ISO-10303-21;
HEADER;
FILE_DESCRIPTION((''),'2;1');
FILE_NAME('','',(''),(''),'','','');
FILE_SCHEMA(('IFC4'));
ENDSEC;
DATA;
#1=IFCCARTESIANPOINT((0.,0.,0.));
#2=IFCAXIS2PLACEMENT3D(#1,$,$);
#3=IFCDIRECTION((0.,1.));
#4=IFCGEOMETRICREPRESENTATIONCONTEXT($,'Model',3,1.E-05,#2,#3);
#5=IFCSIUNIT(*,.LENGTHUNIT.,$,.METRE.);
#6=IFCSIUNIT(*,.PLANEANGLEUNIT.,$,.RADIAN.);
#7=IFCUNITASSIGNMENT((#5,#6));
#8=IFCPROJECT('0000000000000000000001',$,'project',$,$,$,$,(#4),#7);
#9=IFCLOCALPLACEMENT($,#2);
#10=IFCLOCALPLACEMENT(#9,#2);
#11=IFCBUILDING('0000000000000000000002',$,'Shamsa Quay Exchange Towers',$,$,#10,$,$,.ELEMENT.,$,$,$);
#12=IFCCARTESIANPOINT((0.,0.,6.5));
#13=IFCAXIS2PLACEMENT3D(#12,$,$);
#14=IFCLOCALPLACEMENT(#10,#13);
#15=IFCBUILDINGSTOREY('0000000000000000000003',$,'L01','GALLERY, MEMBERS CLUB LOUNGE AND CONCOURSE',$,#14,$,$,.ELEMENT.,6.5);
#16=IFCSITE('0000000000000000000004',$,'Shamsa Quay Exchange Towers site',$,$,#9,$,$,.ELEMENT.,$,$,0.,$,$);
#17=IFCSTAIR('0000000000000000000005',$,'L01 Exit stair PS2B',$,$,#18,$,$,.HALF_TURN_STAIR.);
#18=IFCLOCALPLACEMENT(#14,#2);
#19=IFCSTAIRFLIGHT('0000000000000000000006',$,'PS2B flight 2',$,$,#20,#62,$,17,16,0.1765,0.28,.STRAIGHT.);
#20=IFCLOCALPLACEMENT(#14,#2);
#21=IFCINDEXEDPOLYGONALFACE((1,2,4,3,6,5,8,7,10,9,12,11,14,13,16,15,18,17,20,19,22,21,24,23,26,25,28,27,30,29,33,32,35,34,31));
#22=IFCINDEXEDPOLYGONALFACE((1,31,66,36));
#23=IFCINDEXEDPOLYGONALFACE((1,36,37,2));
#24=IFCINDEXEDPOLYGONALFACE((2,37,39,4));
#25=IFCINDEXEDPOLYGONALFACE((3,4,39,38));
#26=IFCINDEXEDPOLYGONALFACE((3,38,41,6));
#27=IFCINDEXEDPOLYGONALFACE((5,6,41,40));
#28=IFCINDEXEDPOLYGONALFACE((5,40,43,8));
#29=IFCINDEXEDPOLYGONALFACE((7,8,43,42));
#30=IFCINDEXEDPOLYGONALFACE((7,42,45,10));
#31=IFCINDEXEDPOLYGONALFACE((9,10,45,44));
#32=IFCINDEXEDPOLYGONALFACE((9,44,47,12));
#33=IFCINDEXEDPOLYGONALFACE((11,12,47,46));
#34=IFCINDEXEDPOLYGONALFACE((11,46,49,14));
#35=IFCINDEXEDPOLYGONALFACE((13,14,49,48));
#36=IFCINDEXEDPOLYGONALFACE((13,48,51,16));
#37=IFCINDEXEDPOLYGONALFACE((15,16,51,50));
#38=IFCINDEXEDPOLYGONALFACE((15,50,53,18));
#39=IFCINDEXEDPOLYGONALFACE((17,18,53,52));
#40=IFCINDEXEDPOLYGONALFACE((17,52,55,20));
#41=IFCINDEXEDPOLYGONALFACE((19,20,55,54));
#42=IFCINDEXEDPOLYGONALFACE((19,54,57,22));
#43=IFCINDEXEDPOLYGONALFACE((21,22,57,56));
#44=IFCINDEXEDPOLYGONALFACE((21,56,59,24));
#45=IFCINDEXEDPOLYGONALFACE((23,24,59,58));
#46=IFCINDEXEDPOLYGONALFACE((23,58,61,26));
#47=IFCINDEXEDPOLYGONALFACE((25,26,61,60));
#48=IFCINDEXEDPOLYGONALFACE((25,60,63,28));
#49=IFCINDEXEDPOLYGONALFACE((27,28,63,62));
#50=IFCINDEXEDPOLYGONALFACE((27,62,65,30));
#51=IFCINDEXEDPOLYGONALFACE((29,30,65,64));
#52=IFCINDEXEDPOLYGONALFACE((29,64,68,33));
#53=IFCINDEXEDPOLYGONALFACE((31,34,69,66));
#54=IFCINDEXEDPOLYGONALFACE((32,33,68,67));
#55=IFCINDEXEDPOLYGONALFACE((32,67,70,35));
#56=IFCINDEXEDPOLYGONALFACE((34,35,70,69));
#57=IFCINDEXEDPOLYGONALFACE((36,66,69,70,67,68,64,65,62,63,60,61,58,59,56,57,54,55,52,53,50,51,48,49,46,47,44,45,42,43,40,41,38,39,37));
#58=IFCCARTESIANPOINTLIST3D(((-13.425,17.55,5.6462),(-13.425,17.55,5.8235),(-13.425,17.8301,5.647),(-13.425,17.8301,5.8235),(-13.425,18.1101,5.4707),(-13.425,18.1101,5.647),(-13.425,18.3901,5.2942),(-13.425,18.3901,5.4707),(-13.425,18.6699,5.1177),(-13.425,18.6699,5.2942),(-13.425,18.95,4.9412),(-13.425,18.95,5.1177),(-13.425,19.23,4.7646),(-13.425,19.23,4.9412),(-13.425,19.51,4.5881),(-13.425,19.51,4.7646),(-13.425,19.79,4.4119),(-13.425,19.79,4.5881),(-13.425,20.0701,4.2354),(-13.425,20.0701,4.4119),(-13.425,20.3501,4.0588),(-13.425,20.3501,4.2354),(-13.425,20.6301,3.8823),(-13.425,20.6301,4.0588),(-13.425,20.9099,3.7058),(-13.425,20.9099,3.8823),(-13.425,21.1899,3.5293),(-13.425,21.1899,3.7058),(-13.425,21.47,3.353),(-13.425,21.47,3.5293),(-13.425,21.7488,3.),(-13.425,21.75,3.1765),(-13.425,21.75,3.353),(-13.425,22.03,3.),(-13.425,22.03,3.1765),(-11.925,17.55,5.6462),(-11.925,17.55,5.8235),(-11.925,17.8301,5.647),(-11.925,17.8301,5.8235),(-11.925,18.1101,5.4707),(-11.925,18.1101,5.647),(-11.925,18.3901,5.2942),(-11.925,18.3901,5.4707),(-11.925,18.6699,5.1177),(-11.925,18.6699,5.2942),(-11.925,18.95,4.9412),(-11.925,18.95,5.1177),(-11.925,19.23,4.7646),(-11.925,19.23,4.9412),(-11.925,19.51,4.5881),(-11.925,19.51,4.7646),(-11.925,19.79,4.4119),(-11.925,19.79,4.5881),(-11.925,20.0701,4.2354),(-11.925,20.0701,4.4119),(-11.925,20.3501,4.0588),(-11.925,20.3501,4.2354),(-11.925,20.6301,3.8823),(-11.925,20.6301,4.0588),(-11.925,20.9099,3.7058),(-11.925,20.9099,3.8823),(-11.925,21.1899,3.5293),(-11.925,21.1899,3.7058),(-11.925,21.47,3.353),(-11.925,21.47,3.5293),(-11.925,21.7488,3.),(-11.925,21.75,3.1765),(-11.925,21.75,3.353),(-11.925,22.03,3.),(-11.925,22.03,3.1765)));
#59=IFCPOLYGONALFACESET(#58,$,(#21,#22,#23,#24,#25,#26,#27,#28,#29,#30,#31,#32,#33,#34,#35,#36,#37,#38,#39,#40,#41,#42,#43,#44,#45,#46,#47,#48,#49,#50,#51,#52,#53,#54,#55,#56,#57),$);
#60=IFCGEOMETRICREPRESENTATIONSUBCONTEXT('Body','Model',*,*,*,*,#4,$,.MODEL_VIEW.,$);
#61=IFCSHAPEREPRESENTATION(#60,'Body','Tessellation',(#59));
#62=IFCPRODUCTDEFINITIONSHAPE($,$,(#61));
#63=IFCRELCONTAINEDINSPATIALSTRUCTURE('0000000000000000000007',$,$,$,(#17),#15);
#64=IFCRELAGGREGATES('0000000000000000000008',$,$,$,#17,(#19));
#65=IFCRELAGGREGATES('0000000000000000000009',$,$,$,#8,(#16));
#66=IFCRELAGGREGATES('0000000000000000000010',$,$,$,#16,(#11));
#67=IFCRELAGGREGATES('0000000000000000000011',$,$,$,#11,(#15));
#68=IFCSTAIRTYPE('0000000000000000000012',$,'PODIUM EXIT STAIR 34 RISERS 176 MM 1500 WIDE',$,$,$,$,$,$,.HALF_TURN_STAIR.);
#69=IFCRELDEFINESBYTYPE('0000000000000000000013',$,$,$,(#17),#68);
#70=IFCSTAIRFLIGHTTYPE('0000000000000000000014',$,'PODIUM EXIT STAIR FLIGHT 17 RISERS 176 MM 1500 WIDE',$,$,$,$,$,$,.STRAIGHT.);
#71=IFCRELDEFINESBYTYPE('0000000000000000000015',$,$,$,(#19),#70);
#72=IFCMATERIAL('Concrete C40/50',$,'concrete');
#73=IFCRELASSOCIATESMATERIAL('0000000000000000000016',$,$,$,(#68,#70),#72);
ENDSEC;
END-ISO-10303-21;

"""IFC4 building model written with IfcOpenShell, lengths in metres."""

from ifc_helpers import new_model, si_unit, direction, frame, origin, place, context, subcontext, project, spatial, polyline, outline, extrude, material, type_object, element, aggregate, save


model = new_model("IFC4")

# Units and contexts
model_context = context("Model", 3, precision=1e-05, world=origin(), true_north=direction((0.0, 1.0)))
body_context = subcontext(model_context, "Body", "Model", "MODEL_VIEW")
ifc_project = project(units=[si_unit("LENGTHUNIT", "METRE"), si_unit("PLANEANGLEUNIT", "RADIAN")], contexts=[model_context])

# Site, building, storey
site_placement = place(None, origin())
site = spatial("IfcSite", under=ifc_project, at=site_placement, Name="Shamsa Quay Exchange Towers site", CompositionType="ELEMENT", RefElevation=0.0)
building_placement = place(site_placement, origin())
building = spatial("IfcBuilding", under=site, at=building_placement, Name="Shamsa Quay Exchange Towers", CompositionType="ELEMENT")
storey_placement = place(building_placement, frame((0.0, 0.0, 6.5)))
storey = spatial("IfcBuildingStorey", under=building, at=storey_placement, Name="L01", Description="GALLERY, MEMBERS CLUB LOUNGE AND CONCOURSE", CompositionType="ELEMENT", Elevation=6.5)

# Stair, stair flight
ifc_material_1 = material(Name="Concrete C40/50", Category="concrete")
stair_type = type_object("IfcStairType", Name="PODIUM EXIT STAIR 34 RISERS 176 MM 1500 WIDE", PredefinedType="HALF_TURN_STAIR", material=ifc_material_1)
stair_flight_type = type_object("IfcStairFlightType", Name="PODIUM EXIT STAIR FLIGHT 17 RISERS 176 MM 1500 WIDE", PredefinedType="STRAIGHT", material=ifc_material_1)
stair_1_placement = place(storey_placement, origin())
stair_1 = element("IfcStair", 1, at=stair_1_placement, inside=storey, type_object=stair_type, Name="L01 Exit stair PS2B", PredefinedType="HALF_TURN_STAIR")
stair_flight_1_placement = place(storey_placement, frame((-12.675, 22.03, 3.0), z_axis=(0.0, 0.0, 1.0), x_axis=(0.0, -1.0, 0.0)))
stair_flight_1 = element("IfcStairFlight", 2, at=stair_flight_1_placement, type_object=stair_flight_type, Name="PS2B flight 2", NumberOfRisers=17, NumberOfTreads=16, PredefinedType="STRAIGHT", RiserHeight=0.1765, TreadLength=0.28, context=body_context, shape_type="SweptSolid", body=[
    extrude(outline(polyline([(0.0, 0.0), (0.0, 0.1765), (0.28, 0.1765), (0.28, 0.353), (0.5601, 0.353), (0.5601, 0.5293), (0.8401, 0.5293), (0.8401, 0.7058), (1.1201, 0.7058), (1.1201, 0.8823), (1.3999, 0.8823), (1.3999, 1.0588), (1.6799, 1.0588), (1.6799, 1.2354), (1.96, 1.2354), (1.96, 1.4119), (2.24, 1.4119), (2.24, 1.5881), (2.52, 1.5881), (2.52, 1.7646), (2.8, 1.7646), (2.8, 1.9412), (3.0801, 1.9412), (3.0801, 2.1177), (3.3601, 2.1177), (3.3601, 2.2942), (3.6399, 2.2942), (3.6399, 2.4707), (3.9199, 2.4707), (3.9199, 2.647), (4.2, 2.647), (4.2, 2.8235), (4.48, 2.8235), (4.48, 3.0), (4.48, 2.6462), (0.2812, 0.0), (0.0, 0.0)])), frame((0.0, 0.75, 0.0), z_axis=(0.0, -1.0, 0.0), x_axis=(1.0, 0.0, 0.0)), (0.0, 0.0, 1.0), 1.5),
])
aggregate(stair_1, [stair_flight_1])

save(model, "model.ifc")
